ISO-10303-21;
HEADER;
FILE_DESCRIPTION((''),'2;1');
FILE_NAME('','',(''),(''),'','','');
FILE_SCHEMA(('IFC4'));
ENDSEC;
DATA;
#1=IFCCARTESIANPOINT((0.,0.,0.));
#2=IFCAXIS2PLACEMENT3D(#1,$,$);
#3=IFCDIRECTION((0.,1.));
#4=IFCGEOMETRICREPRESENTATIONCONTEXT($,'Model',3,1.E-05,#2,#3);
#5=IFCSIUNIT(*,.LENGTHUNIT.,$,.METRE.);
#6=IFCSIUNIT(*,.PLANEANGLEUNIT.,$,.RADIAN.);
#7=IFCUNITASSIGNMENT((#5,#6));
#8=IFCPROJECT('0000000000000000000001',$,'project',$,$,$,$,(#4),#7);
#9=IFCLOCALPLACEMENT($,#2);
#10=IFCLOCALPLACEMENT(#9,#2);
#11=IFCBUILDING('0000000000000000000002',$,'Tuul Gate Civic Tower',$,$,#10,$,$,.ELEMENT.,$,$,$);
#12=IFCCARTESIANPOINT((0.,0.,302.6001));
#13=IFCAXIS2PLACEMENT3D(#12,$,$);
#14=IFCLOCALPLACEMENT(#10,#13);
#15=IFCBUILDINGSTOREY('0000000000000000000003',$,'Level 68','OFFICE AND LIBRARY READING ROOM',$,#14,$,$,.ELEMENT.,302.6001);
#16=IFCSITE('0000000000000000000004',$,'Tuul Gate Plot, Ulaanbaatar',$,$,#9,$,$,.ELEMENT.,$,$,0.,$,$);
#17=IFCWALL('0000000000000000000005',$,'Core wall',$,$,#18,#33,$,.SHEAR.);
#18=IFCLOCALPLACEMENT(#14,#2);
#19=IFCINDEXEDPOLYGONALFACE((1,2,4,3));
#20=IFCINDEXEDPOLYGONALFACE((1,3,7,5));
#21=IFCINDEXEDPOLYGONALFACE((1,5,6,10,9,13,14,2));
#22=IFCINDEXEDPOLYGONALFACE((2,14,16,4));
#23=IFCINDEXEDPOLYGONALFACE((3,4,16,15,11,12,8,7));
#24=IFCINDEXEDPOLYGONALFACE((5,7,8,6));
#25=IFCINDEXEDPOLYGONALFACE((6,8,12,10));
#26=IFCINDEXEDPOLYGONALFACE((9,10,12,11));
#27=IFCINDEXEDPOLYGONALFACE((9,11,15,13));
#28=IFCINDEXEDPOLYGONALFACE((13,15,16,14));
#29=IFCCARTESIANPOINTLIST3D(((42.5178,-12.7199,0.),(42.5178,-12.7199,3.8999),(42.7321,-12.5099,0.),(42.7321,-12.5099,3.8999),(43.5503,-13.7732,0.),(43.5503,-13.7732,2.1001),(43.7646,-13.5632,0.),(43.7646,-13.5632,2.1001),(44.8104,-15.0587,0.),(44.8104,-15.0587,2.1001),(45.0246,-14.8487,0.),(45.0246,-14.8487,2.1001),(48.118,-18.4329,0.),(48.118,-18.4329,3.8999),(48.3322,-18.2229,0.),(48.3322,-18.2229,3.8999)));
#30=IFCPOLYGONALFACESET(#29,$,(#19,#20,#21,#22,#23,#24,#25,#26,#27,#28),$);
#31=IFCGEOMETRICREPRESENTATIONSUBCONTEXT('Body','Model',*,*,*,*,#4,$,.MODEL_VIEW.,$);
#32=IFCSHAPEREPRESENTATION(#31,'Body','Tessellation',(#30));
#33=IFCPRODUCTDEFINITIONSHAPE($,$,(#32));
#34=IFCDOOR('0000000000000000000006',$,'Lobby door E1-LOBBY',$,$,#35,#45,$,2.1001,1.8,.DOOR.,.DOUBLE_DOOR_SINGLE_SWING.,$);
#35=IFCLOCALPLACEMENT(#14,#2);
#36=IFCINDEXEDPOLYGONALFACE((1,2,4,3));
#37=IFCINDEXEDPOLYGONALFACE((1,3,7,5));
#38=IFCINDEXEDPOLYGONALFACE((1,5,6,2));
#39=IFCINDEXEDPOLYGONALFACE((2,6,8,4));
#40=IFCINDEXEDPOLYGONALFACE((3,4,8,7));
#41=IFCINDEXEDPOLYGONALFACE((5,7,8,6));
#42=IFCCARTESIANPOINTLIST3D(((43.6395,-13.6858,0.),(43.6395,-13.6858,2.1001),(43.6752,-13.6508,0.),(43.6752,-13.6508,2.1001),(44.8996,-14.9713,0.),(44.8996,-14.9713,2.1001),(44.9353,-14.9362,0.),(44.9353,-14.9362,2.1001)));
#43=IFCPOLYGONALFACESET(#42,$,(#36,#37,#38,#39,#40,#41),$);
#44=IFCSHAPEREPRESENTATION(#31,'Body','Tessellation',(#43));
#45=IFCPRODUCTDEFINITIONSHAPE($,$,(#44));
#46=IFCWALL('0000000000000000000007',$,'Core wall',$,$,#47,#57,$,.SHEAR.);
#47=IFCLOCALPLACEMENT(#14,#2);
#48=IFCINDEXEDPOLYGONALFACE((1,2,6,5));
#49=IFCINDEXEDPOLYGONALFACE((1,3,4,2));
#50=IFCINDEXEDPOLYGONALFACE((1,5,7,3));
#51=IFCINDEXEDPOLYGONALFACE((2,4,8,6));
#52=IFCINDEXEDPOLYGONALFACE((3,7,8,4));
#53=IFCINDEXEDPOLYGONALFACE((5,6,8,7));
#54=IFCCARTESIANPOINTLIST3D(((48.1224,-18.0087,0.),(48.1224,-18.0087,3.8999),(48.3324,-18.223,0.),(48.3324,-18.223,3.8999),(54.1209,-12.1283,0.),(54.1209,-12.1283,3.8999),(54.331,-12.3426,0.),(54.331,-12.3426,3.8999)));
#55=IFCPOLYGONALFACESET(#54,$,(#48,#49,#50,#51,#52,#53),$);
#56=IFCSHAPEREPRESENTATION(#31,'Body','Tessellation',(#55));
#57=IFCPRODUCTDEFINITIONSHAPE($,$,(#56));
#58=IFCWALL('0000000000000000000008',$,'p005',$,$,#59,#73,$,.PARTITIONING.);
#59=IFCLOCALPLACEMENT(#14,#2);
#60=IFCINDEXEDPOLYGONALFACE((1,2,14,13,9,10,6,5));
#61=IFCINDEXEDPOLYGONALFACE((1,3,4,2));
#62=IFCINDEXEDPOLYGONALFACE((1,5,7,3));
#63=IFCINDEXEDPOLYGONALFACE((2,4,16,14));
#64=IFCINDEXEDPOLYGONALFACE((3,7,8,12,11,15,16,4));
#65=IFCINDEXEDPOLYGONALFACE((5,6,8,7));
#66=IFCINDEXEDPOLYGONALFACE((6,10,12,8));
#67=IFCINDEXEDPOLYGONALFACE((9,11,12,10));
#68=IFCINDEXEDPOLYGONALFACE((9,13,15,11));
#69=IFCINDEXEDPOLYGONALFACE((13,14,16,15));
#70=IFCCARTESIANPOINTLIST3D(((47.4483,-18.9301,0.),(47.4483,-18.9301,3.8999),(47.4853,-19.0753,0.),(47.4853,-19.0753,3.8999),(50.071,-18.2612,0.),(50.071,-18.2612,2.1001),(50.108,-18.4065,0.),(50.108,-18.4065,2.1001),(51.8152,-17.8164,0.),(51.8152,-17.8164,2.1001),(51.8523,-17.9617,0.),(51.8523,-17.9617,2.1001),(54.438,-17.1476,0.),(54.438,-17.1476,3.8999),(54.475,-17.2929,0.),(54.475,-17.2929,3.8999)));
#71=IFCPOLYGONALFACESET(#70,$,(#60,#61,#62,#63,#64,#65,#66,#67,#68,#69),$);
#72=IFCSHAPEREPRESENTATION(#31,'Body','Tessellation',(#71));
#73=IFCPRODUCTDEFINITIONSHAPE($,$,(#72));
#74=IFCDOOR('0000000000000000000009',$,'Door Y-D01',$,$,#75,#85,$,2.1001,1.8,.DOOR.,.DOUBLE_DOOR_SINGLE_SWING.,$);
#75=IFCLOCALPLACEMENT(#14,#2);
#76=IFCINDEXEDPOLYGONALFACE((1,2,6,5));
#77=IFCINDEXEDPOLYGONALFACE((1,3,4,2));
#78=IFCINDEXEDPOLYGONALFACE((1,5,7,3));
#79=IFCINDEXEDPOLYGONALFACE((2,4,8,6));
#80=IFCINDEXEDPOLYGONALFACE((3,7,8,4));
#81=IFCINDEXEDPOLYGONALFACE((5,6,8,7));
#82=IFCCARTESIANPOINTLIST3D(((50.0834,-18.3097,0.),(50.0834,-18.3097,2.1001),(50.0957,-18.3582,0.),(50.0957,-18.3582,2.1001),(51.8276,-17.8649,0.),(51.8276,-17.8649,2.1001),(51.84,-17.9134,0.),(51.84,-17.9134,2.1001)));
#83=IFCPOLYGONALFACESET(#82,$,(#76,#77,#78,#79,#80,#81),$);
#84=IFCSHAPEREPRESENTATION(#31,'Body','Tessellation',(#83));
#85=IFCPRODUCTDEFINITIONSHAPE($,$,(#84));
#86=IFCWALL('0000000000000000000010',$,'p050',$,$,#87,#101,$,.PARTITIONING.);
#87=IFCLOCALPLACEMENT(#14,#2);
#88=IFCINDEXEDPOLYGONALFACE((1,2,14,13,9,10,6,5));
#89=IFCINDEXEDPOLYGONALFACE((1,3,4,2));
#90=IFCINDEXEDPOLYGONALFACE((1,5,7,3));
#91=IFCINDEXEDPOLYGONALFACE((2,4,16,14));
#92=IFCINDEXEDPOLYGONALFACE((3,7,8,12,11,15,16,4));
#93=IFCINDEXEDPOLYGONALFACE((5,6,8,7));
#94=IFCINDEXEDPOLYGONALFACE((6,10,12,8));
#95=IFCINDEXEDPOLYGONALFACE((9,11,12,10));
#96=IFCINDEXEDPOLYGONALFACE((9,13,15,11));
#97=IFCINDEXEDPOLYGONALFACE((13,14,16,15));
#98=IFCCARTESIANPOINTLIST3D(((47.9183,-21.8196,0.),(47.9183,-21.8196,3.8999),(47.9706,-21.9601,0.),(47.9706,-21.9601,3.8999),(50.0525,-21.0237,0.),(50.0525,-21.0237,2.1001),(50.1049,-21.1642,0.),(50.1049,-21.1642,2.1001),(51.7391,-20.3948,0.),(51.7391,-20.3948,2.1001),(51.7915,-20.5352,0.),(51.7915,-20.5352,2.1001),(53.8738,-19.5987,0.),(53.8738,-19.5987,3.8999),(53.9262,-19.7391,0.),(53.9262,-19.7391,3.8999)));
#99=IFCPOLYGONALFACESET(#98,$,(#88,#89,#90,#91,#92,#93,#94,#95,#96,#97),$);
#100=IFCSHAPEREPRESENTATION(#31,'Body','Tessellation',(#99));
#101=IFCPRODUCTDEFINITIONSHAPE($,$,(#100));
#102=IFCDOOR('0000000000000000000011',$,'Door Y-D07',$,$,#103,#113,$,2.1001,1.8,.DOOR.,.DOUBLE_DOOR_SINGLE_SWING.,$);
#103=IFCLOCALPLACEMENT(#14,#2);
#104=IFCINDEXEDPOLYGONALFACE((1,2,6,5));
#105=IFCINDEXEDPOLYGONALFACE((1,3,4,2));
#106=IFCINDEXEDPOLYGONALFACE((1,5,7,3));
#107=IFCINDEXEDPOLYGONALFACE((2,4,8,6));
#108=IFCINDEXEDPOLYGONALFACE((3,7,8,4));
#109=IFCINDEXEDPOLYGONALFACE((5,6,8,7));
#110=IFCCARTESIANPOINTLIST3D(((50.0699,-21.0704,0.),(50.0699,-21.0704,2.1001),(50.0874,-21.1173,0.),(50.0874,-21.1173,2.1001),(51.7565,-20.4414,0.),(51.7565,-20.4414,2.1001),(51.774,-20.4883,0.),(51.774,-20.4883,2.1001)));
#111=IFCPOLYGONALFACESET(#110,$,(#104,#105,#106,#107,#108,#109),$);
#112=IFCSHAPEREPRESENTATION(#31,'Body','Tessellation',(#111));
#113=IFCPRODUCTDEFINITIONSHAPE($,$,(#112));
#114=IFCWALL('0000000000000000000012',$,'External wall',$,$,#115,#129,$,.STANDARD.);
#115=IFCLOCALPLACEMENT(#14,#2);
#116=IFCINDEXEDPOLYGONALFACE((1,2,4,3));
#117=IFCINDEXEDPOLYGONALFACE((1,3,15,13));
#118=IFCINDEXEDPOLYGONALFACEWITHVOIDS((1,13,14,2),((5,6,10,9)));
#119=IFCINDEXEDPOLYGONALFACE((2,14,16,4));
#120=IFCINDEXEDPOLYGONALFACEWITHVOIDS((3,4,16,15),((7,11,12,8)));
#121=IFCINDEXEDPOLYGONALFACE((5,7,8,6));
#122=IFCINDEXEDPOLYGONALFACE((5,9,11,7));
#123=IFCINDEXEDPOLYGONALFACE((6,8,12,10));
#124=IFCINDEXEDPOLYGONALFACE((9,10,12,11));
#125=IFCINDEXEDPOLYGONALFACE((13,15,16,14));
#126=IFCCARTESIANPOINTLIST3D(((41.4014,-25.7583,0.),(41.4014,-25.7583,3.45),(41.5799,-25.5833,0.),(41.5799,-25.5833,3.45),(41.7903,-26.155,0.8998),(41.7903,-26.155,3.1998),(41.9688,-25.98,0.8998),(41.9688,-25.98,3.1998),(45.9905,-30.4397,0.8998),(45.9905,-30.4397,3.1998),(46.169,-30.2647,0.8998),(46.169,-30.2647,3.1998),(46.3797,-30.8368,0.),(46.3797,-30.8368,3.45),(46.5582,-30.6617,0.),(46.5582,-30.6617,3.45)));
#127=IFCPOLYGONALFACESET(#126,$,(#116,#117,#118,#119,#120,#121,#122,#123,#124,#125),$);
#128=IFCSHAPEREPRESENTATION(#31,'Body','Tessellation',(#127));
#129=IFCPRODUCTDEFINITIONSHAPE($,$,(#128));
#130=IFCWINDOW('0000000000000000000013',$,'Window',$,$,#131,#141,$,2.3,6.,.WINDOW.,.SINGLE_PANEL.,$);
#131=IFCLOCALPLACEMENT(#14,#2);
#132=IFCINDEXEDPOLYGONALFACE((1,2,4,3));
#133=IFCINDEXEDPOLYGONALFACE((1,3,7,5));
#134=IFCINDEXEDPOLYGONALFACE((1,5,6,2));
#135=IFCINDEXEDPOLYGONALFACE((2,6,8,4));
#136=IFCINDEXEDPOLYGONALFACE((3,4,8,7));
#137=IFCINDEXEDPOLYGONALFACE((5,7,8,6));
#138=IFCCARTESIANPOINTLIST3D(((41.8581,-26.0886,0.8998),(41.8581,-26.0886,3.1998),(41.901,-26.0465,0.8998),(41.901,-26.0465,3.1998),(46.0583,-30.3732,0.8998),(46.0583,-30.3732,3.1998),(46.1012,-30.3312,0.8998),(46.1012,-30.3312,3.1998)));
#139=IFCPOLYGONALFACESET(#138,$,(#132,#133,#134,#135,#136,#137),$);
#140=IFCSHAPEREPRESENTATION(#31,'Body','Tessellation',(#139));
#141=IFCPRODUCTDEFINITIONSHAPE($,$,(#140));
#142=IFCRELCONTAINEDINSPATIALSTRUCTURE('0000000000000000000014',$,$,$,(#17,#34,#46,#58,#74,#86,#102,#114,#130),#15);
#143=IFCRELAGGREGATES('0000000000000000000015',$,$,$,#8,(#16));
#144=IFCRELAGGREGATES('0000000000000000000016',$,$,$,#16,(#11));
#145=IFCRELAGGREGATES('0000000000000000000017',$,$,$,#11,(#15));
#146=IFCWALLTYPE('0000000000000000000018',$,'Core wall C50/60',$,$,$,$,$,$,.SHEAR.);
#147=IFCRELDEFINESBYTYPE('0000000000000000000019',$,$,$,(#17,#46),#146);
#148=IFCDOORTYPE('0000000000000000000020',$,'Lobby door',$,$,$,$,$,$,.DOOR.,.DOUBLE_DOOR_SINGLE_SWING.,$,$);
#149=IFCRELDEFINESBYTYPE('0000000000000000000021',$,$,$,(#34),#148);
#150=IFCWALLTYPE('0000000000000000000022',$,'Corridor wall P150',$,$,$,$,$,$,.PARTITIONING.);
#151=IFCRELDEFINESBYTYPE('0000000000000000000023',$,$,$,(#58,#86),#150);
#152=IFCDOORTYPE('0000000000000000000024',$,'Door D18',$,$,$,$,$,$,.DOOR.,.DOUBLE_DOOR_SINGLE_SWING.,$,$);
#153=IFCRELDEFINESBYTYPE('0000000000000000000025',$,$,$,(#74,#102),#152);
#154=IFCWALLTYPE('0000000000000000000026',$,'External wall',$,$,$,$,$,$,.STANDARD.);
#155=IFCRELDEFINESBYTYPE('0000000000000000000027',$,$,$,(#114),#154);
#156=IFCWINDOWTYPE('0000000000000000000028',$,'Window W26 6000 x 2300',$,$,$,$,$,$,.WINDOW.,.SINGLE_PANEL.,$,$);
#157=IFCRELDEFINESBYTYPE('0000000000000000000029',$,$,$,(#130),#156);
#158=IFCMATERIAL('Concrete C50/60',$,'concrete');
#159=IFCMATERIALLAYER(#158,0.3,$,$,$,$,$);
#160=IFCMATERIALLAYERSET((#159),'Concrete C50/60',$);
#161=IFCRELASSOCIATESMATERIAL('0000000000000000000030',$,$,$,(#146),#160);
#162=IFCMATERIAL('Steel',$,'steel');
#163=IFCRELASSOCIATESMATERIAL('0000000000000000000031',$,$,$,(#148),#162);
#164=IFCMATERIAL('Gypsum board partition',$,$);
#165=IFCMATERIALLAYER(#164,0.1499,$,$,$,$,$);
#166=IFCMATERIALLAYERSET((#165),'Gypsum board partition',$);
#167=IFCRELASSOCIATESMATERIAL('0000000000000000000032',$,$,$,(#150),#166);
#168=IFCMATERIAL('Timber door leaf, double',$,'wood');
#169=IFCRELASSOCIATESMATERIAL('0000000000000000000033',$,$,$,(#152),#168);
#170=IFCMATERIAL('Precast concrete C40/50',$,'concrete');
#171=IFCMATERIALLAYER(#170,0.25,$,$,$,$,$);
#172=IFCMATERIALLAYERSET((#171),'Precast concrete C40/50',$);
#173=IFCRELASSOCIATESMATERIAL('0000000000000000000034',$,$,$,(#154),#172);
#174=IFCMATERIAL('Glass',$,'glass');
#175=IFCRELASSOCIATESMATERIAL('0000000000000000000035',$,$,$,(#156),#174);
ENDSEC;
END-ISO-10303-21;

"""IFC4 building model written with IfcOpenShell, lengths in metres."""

from ifc_helpers import new_model, si_unit, direction, frame, frame_2d, origin, place, context, subcontext, project, spatial, rectangle, extrude, material, layer, layer_set, type_object, element, fill, save


model = new_model("IFC4")

# Units and contexts
model_context = context("Model", 3, precision=1e-05, world=origin(), true_north=direction((0.0, 1.0)))
body_context = subcontext(model_context, "Body", "Model", "MODEL_VIEW")
ifc_project = project(units=[si_unit("LENGTHUNIT", "METRE"), si_unit("PLANEANGLEUNIT", "RADIAN")], contexts=[model_context])

# Site, building, storey
site_placement = place(None, origin())
site = spatial("IfcSite", under=ifc_project, at=site_placement, Name="Tuul Gate Plot, Ulaanbaatar", CompositionType="ELEMENT", RefElevation=0.0)
building_placement = place(site_placement, origin())
building = spatial("IfcBuilding", under=site, at=building_placement, Name="Tuul Gate Civic Tower", CompositionType="ELEMENT")
storey_placement = place(building_placement, frame((0.0, 0.0, 302.6001)))
storey = spatial("IfcBuildingStorey", under=building, at=storey_placement, Name="Level 68", Description="OFFICE AND LIBRARY READING ROOM", CompositionType="ELEMENT", Elevation=302.6001)

# Wall, opening, door
ifc_material_1 = material(Name="Concrete C50/60", Category="concrete")
ifc_layer_1 = layer(ifc_material_1, 0.3)
ifc_layer_set_1 = layer_set([ifc_layer_1], Name="Concrete C50/60")
wall_type_1 = type_object("IfcWallType", Name="Core wall C50/60", PredefinedType="SHEAR", material=ifc_layer_set_1)
wall_1_placement = place(storey_placement, frame((48.2251, -18.3279, 0.0), z_axis=(0.0, 0.0, 1.0), x_axis=(-0.700022, 0.714121, 0.0)))
wall_1 = element("IfcWall", 1, at=wall_1_placement, inside=storey, type_object=wall_type_1, Name="Core wall", PredefinedType="SHEAR", context=body_context, shape_type="SweptSolid", body=[
    extrude(rectangle(XDim=8.0, YDim=0.3, at=frame_2d((4.0, 0.0))), origin(), (0.0, 0.0, 1.0), 3.8999),
])
opening_1_placement = place(wall_1_placement, frame((4.7251, 0.0, 0.0)))
opening_1 = element("IfcOpeningElement", 2, at=opening_1_placement, cuts=wall_1, PredefinedType="OPENING", context=body_context, shape_type="SweptSolid", body=[
    extrude(rectangle(XDim=1.8, YDim=2.1001, at=frame_2d((0.8999, 1.05))), frame((0.0, 0.1602, 0.0), z_axis=(0.0, -1.0, 0.0), x_axis=(1.0, 0.0, 0.0)), (0.0, 0.0, 1.0), 0.3201),
])
ifc_material_2 = material(Name="Steel", Category="steel")
door_type_1 = type_object("IfcDoorType", Name="Lobby door", OperationType="DOUBLE_DOOR_SINGLE_SWING", PredefinedType="DOOR", material=ifc_material_2)
door_1_placement = place(opening_1_placement, frame((1.8, 0.0, 0.0), z_axis=(0.0, 0.0, 1.0), x_axis=(-1.0, 0.0, 0.0)))
door_1 = element("IfcDoor", 3, at=door_1_placement, inside=storey, type_object=door_type_1, Name="Lobby door E1-LOBBY", OperationType="DOUBLE_DOOR_SINGLE_SWING", OverallHeight=2.1001, OverallWidth=1.8, PredefinedType="DOOR", context=body_context, shape_type="SweptSolid", body=[
    extrude(rectangle(XDim=1.8, YDim=2.1001, at=frame_2d((0.9001, 1.05))), frame((0.0, 0.0249, 0.0), z_axis=(0.0, -1.0, 0.0), x_axis=(1.0, 0.0, 0.0)), (0.0, 0.0, 1.0), 0.05),
])
fill(opening_1, door_1)

# Wall
wall_2_placement = place(storey_placement, frame((48.2273, -18.116, 0.0), z_axis=(0.0, 0.0, 1.0), x_axis=(0.714105, 0.700038, 0.0)))
element("IfcWall", 4, at=wall_2_placement, inside=storey, type_object=wall_type_1, Name="Core wall", PredefinedType="SHEAR", context=body_context, shape_type="SweptSolid", body=[
    extrude(rectangle(XDim=8.4001, YDim=0.3, at=frame_2d((4.2002, 0.0))), origin(), (0.0, 0.0, 1.0), 3.8999),
])

# Walls, openings, doors
ifc_material_3 = material(Name="Gypsum board partition")
ifc_layer_2 = layer(ifc_material_3, 0.1499)
ifc_layer_set_2 = layer_set([ifc_layer_2], Name="Gypsum board partition")
wall_type_2 = type_object("IfcWallType", Name="Corridor wall P150", PredefinedType="PARTITIONING", material=ifc_layer_set_2)
wall_3_placement = place(storey_placement, frame((47.4668, -19.0027, 0.0), z_axis=(0.0, 0.0, 1.0), x_axis=(0.968989, 0.247104, 0.0)))
wall_3 = element("IfcWall", 5, at=wall_3_placement, inside=storey, type_object=wall_type_2, Name="p005", PredefinedType="PARTITIONING", context=body_context, shape_type="SweptSolid", body=[
    extrude(rectangle(XDim=7.2134, YDim=0.1499, at=frame_2d((3.6067, 0.0))), origin(), (0.0, 0.0, 1.0), 3.8999),
])
opening_2_placement = place(wall_3_placement, frame((2.7068, 0.0, 0.0)))
opening_2 = element("IfcOpeningElement", 6, at=opening_2_placement, cuts=wall_3, PredefinedType="OPENING", context=body_context, shape_type="SweptSolid", body=[
    extrude(rectangle(XDim=1.8, YDim=2.1001, at=frame_2d((0.8999, 1.05))), frame((0.0, 0.085, 0.0), z_axis=(0.0, -1.0, 0.0), x_axis=(1.0, 0.0, 0.0)), (0.0, 0.0, 1.0), 0.1699),
])
ifc_material_4 = material(Name="Timber door leaf, double", Category="wood")
door_type_2 = type_object("IfcDoorType", Name="Door D18", OperationType="DOUBLE_DOOR_SINGLE_SWING", PredefinedType="DOOR", material=ifc_material_4)
door_2_placement = place(opening_2_placement, origin())
door_2 = element("IfcDoor", 7, at=door_2_placement, inside=storey, type_object=door_type_2, Name="Door Y-D01", OperationType="DOUBLE_DOOR_SINGLE_SWING", OverallHeight=2.1001, OverallWidth=1.8, PredefinedType="DOOR", context=body_context, shape_type="SweptSolid", body=[
    extrude(rectangle(XDim=1.8, YDim=2.1001, at=frame_2d((0.8999, 1.05))), frame((0.0, 0.0249, 0.0), z_axis=(0.0, -1.0, 0.0), x_axis=(1.0, 0.0, 0.0)), (0.0, 0.0, 1.0), 0.05),
])
fill(opening_2, door_2)
wall_4_placement = place(storey_placement, frame((47.9443, -21.8899, 0.0), z_axis=(0.0, 0.0, 1.0), x_axis=(0.936968, 0.349414, 0.0)))
wall_4 = element("IfcWall", 8, at=wall_4_placement, inside=storey, type_object=wall_type_2, Name="p050", PredefinedType="PARTITIONING", context=body_context, shape_type="SweptSolid", body=[
    extrude(rectangle(XDim=6.3562, YDim=0.1499, at=frame_2d((3.1782, 0.0))), origin(), (0.0, 0.0, 1.0), 3.8999),
])
opening_3_placement = place(wall_4_placement, frame((2.2781, 0.0, 0.0)))
opening_3 = element("IfcOpeningElement", 9, at=opening_3_placement, cuts=wall_4, PredefinedType="OPENING", context=body_context, shape_type="SweptSolid", body=[
    extrude(rectangle(XDim=1.8, YDim=2.1001, at=frame_2d((0.8999, 1.05))), frame((0.0, 0.085, 0.0), z_axis=(0.0, -1.0, 0.0), x_axis=(1.0, 0.0, 0.0)), (0.0, 0.0, 1.0), 0.1699),
])
door_3_placement = place(opening_3_placement, frame((1.8, 0.0, 0.0), z_axis=(0.0, 0.0, 1.0), x_axis=(-1.0, 0.0, 0.0)))
door_3 = element("IfcDoor", 10, at=door_3_placement, inside=storey, type_object=door_type_2, Name="Door Y-D07", OperationType="DOUBLE_DOOR_SINGLE_SWING", OverallHeight=2.1001, OverallWidth=1.8, PredefinedType="DOOR", context=body_context, shape_type="SweptSolid", body=[
    extrude(rectangle(XDim=1.8, YDim=2.1001, at=frame_2d((0.9001, 1.05))), frame((0.0, 0.0249, 0.0), z_axis=(0.0, -1.0, 0.0), x_axis=(1.0, 0.0, 0.0)), (0.0, 0.0, 1.0), 0.05),
])
fill(opening_3, door_3)

# Wall, opening, window
ifc_material_5 = material(Name="Precast concrete C40/50", Category="concrete")
ifc_layer_3 = layer(ifc_material_5, 0.25)
ifc_layer_set_3 = layer_set([ifc_layer_3], Name="Precast concrete C40/50")
wall_type_3 = type_object("IfcWallType", Name="External wall", PredefinedType="STANDARD", material=ifc_layer_set_3)
wall_5_placement = place(storey_placement, frame((41.4907, -25.6709, 0.0), z_axis=(0.0, 0.0, 1.0), x_axis=(0.700034, -0.71411, 0.0)))
wall_5 = element("IfcWall", 11, at=wall_5_placement, inside=storey, type_object=wall_type_3, Name="External wall", PredefinedType="STANDARD", context=body_context, shape_type="SweptSolid", body=[
    extrude(rectangle(XDim=7.1116, YDim=0.25, at=frame_2d((3.5557, 0.0))), origin(), (0.0, 0.0, 1.0), 3.45),
])
opening_4_placement = place(wall_5_placement, frame((0.5554, 0.0, 0.8999)))
opening_4 = element("IfcOpeningElement", 12, at=opening_4_placement, cuts=wall_5, PredefinedType="OPENING", context=body_context, shape_type="SweptSolid", body=[
    extrude(rectangle(XDim=6.0, YDim=2.3, at=frame_2d((3.0, 1.1499))), frame((0.0, 0.135, 0.0), z_axis=(0.0, -1.0, 0.0), x_axis=(1.0, 0.0, 0.0)), (0.0, 0.0, 1.0), 0.27),
])
ifc_material_6 = material(Name="Glass", Category="glass")
window_type_1 = type_object("IfcWindowType", Name="Window W26 6000 x 2300", PartitioningType="SINGLE_PANEL", PredefinedType="WINDOW", material=ifc_material_6)
window_1_placement = place(opening_4_placement, origin())
window_1 = element("IfcWindow", 13, at=window_1_placement, inside=storey, type_object=window_type_1, Name="Window", OverallHeight=2.3, OverallWidth=6.0, PartitioningType="SINGLE_PANEL", PredefinedType="WINDOW", context=body_context, shape_type="SweptSolid", body=[
    extrude(rectangle(XDim=6.0, YDim=2.3, at=frame_2d((3.0, 1.1499))), frame((0.0, 0.03, 0.0), z_axis=(0.0, -1.0, 0.0), x_axis=(1.0, 0.0, 0.0)), (0.0, 0.0, 1.0), 0.0601),
])
fill(opening_4, window_1)

save(model, "model.ifc")
